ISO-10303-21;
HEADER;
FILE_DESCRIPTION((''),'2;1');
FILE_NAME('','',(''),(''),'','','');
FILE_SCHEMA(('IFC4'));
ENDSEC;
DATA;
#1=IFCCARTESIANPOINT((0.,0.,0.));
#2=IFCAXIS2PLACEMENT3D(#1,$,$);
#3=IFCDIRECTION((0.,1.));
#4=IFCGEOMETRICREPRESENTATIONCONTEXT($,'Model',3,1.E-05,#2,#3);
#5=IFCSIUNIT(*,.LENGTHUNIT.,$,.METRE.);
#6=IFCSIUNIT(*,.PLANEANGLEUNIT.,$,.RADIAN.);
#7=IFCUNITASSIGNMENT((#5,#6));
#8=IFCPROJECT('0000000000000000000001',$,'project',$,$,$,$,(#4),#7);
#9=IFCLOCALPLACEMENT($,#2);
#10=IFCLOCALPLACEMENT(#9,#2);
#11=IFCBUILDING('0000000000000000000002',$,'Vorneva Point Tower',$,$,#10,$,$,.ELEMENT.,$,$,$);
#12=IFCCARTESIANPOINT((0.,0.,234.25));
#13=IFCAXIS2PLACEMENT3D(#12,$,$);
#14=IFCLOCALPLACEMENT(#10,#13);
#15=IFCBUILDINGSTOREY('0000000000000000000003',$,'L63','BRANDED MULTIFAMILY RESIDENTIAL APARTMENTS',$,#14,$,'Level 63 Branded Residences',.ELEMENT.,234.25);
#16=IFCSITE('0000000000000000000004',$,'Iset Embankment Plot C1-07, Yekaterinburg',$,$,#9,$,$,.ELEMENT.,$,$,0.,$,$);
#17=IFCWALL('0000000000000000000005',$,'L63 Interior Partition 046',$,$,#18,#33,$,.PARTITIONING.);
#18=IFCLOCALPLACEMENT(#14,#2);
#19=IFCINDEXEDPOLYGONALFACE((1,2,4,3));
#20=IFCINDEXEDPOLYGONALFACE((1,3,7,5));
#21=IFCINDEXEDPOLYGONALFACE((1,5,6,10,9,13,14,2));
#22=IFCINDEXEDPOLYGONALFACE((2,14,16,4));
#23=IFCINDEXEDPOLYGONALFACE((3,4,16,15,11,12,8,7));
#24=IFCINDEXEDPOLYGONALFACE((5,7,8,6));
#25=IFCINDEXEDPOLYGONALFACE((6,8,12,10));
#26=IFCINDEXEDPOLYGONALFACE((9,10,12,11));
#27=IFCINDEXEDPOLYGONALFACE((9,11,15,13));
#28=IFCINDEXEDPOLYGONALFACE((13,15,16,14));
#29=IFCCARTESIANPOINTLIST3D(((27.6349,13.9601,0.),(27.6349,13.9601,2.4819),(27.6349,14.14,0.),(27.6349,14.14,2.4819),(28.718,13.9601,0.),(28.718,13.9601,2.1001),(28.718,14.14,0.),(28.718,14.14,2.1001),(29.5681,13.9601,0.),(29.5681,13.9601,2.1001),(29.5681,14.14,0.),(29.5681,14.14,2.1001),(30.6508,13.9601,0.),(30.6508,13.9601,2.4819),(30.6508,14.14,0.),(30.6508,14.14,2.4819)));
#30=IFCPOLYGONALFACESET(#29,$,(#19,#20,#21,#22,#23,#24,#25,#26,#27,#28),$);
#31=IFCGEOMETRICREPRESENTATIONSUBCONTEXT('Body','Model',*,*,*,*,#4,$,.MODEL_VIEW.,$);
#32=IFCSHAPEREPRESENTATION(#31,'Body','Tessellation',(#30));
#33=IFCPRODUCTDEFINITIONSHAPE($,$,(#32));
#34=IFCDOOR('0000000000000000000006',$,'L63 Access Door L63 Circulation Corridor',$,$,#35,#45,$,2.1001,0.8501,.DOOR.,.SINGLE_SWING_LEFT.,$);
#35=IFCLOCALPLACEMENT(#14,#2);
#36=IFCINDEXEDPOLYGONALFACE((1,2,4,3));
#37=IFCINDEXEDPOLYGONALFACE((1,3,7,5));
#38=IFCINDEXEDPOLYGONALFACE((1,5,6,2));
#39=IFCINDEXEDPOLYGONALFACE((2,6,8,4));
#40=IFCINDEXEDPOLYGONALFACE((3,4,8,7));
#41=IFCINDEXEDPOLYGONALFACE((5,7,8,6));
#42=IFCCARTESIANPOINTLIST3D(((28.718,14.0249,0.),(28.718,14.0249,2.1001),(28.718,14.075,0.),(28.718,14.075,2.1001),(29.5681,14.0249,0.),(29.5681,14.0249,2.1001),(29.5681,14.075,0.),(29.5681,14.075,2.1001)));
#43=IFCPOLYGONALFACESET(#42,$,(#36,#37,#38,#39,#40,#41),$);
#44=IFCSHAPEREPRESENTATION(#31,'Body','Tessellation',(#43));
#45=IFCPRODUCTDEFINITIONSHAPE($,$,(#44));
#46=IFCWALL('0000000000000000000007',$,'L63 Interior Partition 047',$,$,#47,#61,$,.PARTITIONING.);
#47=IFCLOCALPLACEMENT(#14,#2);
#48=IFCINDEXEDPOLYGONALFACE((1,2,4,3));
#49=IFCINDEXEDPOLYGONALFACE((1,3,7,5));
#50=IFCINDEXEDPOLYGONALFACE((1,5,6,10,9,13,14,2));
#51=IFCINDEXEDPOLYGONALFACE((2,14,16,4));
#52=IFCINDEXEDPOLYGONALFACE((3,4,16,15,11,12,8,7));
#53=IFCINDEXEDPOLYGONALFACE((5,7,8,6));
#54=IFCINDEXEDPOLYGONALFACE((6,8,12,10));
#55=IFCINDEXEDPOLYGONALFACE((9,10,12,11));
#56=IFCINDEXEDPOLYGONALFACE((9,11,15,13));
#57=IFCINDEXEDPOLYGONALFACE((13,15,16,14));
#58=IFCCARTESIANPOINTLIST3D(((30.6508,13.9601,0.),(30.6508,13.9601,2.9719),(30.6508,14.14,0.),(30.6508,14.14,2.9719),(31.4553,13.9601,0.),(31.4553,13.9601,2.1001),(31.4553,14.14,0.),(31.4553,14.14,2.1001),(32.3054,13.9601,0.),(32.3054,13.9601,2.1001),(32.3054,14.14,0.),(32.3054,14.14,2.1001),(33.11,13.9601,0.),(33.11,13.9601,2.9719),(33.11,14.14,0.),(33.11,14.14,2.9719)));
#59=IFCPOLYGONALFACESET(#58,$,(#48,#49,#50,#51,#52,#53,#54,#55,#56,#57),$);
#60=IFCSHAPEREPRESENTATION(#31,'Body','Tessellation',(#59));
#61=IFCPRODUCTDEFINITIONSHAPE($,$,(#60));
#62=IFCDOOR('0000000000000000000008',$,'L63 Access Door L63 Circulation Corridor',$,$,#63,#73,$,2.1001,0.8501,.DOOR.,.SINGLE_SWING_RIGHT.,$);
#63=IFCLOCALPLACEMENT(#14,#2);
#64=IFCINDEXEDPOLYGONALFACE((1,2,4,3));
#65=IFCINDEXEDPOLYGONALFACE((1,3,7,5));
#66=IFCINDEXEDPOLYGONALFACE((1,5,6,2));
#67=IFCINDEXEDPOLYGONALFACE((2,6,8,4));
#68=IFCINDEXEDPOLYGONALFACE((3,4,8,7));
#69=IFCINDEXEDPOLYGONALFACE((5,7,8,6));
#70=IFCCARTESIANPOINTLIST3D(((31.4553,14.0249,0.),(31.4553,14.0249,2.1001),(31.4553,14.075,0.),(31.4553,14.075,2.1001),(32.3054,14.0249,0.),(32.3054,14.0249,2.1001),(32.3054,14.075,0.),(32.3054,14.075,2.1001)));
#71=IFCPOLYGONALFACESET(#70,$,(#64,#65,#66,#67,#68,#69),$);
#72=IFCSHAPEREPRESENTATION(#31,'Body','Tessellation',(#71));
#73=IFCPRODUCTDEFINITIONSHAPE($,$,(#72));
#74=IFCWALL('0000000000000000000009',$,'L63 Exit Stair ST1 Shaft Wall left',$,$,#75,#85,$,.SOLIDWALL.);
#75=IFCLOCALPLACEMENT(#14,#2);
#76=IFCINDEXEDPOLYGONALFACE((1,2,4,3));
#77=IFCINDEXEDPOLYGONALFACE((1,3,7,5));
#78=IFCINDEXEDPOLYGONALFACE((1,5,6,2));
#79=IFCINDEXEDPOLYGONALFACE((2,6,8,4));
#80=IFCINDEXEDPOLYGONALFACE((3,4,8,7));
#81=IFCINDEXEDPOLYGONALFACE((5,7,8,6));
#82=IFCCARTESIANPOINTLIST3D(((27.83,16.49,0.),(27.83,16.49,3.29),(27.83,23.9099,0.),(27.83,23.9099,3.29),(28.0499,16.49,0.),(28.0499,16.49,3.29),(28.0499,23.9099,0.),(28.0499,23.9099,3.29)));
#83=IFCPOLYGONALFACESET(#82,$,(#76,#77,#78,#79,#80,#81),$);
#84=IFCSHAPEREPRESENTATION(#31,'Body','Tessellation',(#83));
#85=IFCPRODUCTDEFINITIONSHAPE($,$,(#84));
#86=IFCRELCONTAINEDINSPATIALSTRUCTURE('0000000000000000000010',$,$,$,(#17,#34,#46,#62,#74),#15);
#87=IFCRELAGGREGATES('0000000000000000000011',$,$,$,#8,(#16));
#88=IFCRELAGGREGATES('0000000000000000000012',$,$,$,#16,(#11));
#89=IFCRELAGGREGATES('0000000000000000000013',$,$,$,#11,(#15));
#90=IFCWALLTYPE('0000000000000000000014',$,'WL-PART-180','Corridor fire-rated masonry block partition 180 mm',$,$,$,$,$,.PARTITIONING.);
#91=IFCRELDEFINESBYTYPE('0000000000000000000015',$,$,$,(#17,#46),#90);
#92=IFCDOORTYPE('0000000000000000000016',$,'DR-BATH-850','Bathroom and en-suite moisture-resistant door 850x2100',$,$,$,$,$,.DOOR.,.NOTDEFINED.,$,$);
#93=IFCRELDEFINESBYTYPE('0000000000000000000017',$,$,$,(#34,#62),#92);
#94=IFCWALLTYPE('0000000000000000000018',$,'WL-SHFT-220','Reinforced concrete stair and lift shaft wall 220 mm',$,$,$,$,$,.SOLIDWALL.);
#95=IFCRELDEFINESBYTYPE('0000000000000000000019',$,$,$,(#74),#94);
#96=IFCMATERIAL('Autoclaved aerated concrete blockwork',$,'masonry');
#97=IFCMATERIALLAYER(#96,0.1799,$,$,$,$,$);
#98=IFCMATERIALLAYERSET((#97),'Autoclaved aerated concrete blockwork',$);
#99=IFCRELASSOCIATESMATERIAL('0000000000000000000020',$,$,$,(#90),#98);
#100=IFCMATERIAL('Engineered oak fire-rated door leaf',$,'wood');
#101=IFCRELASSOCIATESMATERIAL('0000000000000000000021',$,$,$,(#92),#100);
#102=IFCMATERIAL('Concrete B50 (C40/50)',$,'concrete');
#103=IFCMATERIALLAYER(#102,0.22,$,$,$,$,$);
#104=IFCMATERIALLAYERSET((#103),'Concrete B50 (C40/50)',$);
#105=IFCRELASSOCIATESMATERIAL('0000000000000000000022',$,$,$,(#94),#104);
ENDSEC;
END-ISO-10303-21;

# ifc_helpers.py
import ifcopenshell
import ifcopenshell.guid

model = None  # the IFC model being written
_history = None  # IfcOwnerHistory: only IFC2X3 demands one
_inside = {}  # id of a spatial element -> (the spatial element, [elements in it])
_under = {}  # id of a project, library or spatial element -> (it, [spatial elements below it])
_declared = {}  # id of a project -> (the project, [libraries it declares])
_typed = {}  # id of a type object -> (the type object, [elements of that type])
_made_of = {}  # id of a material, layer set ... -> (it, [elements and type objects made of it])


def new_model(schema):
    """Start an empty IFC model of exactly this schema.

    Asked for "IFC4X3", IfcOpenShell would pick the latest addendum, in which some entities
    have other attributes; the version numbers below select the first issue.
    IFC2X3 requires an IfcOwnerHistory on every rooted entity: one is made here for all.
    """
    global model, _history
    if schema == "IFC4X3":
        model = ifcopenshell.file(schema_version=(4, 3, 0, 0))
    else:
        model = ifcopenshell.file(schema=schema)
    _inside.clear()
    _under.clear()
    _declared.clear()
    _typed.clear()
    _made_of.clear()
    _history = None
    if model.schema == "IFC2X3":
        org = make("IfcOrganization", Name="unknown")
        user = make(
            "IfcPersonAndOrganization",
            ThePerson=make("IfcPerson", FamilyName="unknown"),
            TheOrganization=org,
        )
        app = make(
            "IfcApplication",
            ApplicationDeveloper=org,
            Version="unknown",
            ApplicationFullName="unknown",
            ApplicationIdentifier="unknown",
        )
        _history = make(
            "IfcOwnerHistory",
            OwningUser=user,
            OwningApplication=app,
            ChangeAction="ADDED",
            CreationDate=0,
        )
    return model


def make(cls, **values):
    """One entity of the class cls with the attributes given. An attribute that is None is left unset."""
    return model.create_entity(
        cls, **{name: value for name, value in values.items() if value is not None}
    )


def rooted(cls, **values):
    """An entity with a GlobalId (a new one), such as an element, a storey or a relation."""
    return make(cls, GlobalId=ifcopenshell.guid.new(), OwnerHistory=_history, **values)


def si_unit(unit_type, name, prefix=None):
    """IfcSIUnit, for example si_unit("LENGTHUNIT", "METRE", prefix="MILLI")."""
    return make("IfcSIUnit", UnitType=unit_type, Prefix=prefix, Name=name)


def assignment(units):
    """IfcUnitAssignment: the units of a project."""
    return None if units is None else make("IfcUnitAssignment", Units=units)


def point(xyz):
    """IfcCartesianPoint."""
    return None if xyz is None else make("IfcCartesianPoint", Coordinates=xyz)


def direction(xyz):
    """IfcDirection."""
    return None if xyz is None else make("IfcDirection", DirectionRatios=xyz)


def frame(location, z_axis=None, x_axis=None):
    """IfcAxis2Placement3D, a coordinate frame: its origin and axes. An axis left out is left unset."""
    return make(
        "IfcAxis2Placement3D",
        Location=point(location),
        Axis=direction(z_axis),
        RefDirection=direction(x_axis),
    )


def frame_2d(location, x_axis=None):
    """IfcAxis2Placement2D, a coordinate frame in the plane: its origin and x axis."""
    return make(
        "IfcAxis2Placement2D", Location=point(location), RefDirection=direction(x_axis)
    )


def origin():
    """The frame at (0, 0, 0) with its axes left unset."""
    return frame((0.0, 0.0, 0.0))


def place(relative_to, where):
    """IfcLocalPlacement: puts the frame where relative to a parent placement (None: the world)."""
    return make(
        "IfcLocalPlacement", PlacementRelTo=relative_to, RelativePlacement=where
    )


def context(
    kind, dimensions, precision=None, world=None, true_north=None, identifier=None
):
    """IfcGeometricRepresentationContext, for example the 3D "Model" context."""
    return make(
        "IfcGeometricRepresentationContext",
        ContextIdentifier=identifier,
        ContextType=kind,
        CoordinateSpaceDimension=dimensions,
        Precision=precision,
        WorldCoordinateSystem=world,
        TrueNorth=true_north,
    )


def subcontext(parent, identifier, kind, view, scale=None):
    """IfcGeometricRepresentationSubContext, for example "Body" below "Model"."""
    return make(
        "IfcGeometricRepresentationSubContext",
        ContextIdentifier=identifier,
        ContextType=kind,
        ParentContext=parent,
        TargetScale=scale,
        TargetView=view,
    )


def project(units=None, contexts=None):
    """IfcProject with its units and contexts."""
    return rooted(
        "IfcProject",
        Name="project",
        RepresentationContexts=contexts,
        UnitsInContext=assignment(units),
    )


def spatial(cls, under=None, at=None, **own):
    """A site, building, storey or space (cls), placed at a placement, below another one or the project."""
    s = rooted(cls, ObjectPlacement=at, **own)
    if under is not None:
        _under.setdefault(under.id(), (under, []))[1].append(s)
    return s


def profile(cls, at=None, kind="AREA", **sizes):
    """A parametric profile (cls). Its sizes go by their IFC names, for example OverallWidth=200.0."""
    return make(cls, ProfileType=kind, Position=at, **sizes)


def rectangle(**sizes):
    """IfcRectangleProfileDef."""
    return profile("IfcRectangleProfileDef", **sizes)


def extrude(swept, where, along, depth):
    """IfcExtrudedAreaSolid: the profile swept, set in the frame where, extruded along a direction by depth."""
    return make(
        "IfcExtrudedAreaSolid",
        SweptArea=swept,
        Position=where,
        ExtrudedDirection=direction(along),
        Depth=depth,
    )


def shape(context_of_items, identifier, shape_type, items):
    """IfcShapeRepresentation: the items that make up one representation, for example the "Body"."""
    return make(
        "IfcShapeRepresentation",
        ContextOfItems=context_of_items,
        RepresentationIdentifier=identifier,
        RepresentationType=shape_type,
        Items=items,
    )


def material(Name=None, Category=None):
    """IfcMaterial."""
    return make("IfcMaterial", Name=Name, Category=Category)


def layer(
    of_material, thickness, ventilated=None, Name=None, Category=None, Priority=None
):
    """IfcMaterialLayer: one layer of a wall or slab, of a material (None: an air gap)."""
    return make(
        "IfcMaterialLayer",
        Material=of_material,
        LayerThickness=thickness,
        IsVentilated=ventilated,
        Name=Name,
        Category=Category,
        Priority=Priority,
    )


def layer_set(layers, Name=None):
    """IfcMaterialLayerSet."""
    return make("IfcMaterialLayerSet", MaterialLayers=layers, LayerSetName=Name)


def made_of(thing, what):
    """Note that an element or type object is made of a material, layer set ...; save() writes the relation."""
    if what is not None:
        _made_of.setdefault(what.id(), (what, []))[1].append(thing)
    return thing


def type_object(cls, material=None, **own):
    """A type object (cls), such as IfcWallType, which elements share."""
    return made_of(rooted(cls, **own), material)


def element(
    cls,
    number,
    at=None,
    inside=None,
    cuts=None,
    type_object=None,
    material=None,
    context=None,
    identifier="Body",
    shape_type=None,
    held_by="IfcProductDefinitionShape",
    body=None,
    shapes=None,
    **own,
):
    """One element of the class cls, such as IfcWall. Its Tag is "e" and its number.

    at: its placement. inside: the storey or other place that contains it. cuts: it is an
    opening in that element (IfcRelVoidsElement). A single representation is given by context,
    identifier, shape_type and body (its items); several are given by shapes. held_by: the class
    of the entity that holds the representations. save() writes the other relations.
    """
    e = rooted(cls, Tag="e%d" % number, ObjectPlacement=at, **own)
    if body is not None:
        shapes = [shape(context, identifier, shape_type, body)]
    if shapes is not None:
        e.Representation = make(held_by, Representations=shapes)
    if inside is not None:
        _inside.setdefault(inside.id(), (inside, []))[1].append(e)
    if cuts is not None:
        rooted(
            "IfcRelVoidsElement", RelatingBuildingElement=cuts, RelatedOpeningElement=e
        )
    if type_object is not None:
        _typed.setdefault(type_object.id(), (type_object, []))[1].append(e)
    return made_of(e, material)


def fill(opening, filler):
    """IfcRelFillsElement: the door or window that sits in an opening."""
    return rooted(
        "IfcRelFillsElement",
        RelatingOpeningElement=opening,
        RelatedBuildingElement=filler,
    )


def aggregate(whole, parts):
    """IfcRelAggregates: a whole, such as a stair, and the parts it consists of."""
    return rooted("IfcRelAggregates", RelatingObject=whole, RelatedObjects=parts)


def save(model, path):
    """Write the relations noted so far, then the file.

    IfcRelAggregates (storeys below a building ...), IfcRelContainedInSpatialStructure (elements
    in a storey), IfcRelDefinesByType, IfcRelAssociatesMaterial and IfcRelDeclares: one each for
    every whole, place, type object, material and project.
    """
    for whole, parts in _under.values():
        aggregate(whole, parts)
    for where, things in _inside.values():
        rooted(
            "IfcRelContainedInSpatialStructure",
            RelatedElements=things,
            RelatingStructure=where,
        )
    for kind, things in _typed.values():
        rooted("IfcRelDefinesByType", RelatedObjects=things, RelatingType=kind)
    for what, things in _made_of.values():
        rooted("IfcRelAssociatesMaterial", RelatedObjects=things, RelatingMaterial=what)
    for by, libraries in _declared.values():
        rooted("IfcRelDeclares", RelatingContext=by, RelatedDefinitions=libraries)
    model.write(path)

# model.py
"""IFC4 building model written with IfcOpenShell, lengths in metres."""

from ifc_helpers import new_model, si_unit, direction, frame, frame_2d, origin, place, context, subcontext, project, spatial, rectangle, extrude, material, layer, layer_set, type_object, element, fill, save


model = new_model("IFC4")

# Units and contexts
model_context = context("Model", 3, precision=1e-05, world=origin(), true_north=direction((0.0, 1.0)))
body_context = subcontext(model_context, "Body", "Model", "MODEL_VIEW")
ifc_project = project(units=[si_unit("LENGTHUNIT", "METRE"), si_unit("PLANEANGLEUNIT", "RADIAN")], contexts=[model_context])

# Site, building, storey
site_placement = place(None, origin())
site = spatial("IfcSite", under=ifc_project, at=site_placement, Name="Iset Embankment Plot C1-07, Yekaterinburg", CompositionType="ELEMENT", RefElevation=0.0)
building_placement = place(site_placement, origin())
building = spatial("IfcBuilding", under=site, at=building_placement, Name="Vorneva Point Tower", CompositionType="ELEMENT")
storey_placement = place(building_placement, frame((0.0, 0.0, 234.25)))
storey = spatial("IfcBuildingStorey", under=building, at=storey_placement, Name="L63", Description="BRANDED MULTIFAMILY RESIDENTIAL APARTMENTS", LongName="Level 63 Branded Residences", CompositionType="ELEMENT", Elevation=234.25)

# Shared definitions
ifc_material_1 = material(Name="Concrete B50 (C40/50)", Category="concrete")

# Walls, openings, doors
ifc_material_2 = material(Name="Autoclaved aerated concrete blockwork", Category="masonry")
ifc_layer_1 = layer(ifc_material_2, 0.1799)
ifc_layer_set_1 = layer_set([ifc_layer_1], Name="Autoclaved aerated concrete blockwork")
wall_type_1 = type_object("IfcWallType", Name="WL-PART-180", Description="Corridor fire-rated masonry block partition 180 mm", PredefinedType="PARTITIONING", material=ifc_layer_set_1)
ifc_material_3 = material(Name="Engineered oak fire-rated door leaf", Category="wood")
door_type = type_object("IfcDoorType", Name="DR-BATH-850", Description="Bathroom and en-suite moisture-resistant door 850x2100", OperationType="NOTDEFINED", PredefinedType="DOOR", material=ifc_material_3)
wall_1_placement = place(storey_placement, frame((27.635, 14.05, 0.0), z_axis=(0.0, 0.0, 1.0), x_axis=(1.0, 0.0, 0.0)))
wall_1 = element("IfcWall", 1, at=wall_1_placement, inside=storey, type_object=wall_type_1, Name="L63 Interior Partition 046", PredefinedType="PARTITIONING", context=body_context, shape_type="SweptSolid", body=[
    extrude(rectangle(XDim=3.0159, YDim=0.1799, at=frame_2d((1.5078, 0.0))), origin(), (0.0, 0.0, 1.0), 2.4819),
])
opening_1_placement = place(wall_1_placement, frame((1.083, 0.0, 0.0)))
opening_1 = element("IfcOpeningElement", 2, at=opening_1_placement, cuts=wall_1, PredefinedType="OPENING", context=body_context, shape_type="SweptSolid", body=[
    extrude(rectangle(XDim=0.8501, YDim=2.1001, at=frame_2d((0.425, 1.05))), frame((0.0, 0.105, 0.0), z_axis=(0.0, -1.0, 0.0), x_axis=(1.0, 0.0, 0.0)), (0.0, 0.0, 1.0), 0.2097),
])
door_1_placement = place(opening_1_placement, origin())
door_1 = element("IfcDoor", 3, at=door_1_placement, inside=storey, type_object=door_type, Name="L63 Access Door L63 Circulation Corridor", OperationType="SINGLE_SWING_LEFT", OverallHeight=2.1001, OverallWidth=0.8501, PredefinedType="DOOR", context=body_context, shape_type="SweptSolid", body=[
    extrude(rectangle(XDim=0.8501, YDim=2.1001, at=frame_2d((0.425, 1.05))), frame((0.0, 0.0249, 0.0), z_axis=(0.0, -1.0, 0.0), x_axis=(1.0, 0.0, 0.0)), (0.0, 0.0, 1.0), 0.05),
])
fill(opening_1, door_1)
wall_2_placement = place(storey_placement, frame((30.6509, 14.05, 0.0), z_axis=(0.0, 0.0, 1.0), x_axis=(1.0, 0.0, 0.0)))
wall_2 = element("IfcWall", 4, at=wall_2_placement, inside=storey, type_object=wall_type_1, Name="L63 Interior Partition 047", PredefinedType="PARTITIONING", context=body_context, shape_type="SweptSolid", body=[
    extrude(rectangle(XDim=2.4592, YDim=0.1799, at=frame_2d((1.2295, 0.0))), origin(), (0.0, 0.0, 1.0), 2.9719),
])
opening_2_placement = place(wall_2_placement, frame((0.8044, 0.0, 0.0)))
opening_2 = element("IfcOpeningElement", 5, at=opening_2_placement, cuts=wall_2, PredefinedType="OPENING", context=body_context, shape_type="SweptSolid", body=[
    extrude(rectangle(XDim=0.8501, YDim=2.1001, at=frame_2d((0.425, 1.05))), frame((0.0, 0.105, 0.0), z_axis=(0.0, -1.0, 0.0), x_axis=(1.0, 0.0, 0.0)), (0.0, 0.0, 1.0), 0.2097),
])
door_2_placement = place(opening_2_placement, origin())
door_2 = element("IfcDoor", 6, at=door_2_placement, inside=storey, type_object=door_type, Name="L63 Access Door L63 Circulation Corridor", OperationType="SINGLE_SWING_RIGHT", OverallHeight=2.1001, OverallWidth=0.8501, PredefinedType="DOOR", context=body_context, shape_type="SweptSolid", body=[
    extrude(rectangle(XDim=0.8501, YDim=2.1001, at=frame_2d((0.425, 1.05))), frame((0.0, 0.0249, 0.0), z_axis=(0.0, -1.0, 0.0), x_axis=(1.0, 0.0, 0.0)), (0.0, 0.0, 1.0), 0.05),
])
fill(opening_2, door_2)

# Wall
ifc_layer_2 = layer(ifc_material_1, 0.22)
ifc_layer_set_2 = layer_set([ifc_layer_2], Name="Concrete B50 (C40/50)")
wall_type_2 = type_object("IfcWallType", Name="WL-SHFT-220", Description="Reinforced concrete stair and lift shaft wall 220 mm", PredefinedType="SOLIDWALL", material=ifc_layer_set_2)
wall_3_placement = place(storey_placement, frame((27.9399, 16.49, 0.0), z_axis=(0.0, 0.0, 1.0), x_axis=(0.0, 1.0, 0.0)))
element("IfcWall", 7, at=wall_3_placement, inside=storey, type_object=wall_type_2, Name="L63 Exit Stair ST1 Shaft Wall left", PredefinedType="SOLIDWALL", context=body_context, shape_type="SweptSolid", body=[
    extrude(rectangle(XDim=7.4199, YDim=0.22, at=frame_2d((3.71, 0.0))), origin(), (0.0, 0.0, 1.0), 3.29),
])

save(model, "model.ifc")
